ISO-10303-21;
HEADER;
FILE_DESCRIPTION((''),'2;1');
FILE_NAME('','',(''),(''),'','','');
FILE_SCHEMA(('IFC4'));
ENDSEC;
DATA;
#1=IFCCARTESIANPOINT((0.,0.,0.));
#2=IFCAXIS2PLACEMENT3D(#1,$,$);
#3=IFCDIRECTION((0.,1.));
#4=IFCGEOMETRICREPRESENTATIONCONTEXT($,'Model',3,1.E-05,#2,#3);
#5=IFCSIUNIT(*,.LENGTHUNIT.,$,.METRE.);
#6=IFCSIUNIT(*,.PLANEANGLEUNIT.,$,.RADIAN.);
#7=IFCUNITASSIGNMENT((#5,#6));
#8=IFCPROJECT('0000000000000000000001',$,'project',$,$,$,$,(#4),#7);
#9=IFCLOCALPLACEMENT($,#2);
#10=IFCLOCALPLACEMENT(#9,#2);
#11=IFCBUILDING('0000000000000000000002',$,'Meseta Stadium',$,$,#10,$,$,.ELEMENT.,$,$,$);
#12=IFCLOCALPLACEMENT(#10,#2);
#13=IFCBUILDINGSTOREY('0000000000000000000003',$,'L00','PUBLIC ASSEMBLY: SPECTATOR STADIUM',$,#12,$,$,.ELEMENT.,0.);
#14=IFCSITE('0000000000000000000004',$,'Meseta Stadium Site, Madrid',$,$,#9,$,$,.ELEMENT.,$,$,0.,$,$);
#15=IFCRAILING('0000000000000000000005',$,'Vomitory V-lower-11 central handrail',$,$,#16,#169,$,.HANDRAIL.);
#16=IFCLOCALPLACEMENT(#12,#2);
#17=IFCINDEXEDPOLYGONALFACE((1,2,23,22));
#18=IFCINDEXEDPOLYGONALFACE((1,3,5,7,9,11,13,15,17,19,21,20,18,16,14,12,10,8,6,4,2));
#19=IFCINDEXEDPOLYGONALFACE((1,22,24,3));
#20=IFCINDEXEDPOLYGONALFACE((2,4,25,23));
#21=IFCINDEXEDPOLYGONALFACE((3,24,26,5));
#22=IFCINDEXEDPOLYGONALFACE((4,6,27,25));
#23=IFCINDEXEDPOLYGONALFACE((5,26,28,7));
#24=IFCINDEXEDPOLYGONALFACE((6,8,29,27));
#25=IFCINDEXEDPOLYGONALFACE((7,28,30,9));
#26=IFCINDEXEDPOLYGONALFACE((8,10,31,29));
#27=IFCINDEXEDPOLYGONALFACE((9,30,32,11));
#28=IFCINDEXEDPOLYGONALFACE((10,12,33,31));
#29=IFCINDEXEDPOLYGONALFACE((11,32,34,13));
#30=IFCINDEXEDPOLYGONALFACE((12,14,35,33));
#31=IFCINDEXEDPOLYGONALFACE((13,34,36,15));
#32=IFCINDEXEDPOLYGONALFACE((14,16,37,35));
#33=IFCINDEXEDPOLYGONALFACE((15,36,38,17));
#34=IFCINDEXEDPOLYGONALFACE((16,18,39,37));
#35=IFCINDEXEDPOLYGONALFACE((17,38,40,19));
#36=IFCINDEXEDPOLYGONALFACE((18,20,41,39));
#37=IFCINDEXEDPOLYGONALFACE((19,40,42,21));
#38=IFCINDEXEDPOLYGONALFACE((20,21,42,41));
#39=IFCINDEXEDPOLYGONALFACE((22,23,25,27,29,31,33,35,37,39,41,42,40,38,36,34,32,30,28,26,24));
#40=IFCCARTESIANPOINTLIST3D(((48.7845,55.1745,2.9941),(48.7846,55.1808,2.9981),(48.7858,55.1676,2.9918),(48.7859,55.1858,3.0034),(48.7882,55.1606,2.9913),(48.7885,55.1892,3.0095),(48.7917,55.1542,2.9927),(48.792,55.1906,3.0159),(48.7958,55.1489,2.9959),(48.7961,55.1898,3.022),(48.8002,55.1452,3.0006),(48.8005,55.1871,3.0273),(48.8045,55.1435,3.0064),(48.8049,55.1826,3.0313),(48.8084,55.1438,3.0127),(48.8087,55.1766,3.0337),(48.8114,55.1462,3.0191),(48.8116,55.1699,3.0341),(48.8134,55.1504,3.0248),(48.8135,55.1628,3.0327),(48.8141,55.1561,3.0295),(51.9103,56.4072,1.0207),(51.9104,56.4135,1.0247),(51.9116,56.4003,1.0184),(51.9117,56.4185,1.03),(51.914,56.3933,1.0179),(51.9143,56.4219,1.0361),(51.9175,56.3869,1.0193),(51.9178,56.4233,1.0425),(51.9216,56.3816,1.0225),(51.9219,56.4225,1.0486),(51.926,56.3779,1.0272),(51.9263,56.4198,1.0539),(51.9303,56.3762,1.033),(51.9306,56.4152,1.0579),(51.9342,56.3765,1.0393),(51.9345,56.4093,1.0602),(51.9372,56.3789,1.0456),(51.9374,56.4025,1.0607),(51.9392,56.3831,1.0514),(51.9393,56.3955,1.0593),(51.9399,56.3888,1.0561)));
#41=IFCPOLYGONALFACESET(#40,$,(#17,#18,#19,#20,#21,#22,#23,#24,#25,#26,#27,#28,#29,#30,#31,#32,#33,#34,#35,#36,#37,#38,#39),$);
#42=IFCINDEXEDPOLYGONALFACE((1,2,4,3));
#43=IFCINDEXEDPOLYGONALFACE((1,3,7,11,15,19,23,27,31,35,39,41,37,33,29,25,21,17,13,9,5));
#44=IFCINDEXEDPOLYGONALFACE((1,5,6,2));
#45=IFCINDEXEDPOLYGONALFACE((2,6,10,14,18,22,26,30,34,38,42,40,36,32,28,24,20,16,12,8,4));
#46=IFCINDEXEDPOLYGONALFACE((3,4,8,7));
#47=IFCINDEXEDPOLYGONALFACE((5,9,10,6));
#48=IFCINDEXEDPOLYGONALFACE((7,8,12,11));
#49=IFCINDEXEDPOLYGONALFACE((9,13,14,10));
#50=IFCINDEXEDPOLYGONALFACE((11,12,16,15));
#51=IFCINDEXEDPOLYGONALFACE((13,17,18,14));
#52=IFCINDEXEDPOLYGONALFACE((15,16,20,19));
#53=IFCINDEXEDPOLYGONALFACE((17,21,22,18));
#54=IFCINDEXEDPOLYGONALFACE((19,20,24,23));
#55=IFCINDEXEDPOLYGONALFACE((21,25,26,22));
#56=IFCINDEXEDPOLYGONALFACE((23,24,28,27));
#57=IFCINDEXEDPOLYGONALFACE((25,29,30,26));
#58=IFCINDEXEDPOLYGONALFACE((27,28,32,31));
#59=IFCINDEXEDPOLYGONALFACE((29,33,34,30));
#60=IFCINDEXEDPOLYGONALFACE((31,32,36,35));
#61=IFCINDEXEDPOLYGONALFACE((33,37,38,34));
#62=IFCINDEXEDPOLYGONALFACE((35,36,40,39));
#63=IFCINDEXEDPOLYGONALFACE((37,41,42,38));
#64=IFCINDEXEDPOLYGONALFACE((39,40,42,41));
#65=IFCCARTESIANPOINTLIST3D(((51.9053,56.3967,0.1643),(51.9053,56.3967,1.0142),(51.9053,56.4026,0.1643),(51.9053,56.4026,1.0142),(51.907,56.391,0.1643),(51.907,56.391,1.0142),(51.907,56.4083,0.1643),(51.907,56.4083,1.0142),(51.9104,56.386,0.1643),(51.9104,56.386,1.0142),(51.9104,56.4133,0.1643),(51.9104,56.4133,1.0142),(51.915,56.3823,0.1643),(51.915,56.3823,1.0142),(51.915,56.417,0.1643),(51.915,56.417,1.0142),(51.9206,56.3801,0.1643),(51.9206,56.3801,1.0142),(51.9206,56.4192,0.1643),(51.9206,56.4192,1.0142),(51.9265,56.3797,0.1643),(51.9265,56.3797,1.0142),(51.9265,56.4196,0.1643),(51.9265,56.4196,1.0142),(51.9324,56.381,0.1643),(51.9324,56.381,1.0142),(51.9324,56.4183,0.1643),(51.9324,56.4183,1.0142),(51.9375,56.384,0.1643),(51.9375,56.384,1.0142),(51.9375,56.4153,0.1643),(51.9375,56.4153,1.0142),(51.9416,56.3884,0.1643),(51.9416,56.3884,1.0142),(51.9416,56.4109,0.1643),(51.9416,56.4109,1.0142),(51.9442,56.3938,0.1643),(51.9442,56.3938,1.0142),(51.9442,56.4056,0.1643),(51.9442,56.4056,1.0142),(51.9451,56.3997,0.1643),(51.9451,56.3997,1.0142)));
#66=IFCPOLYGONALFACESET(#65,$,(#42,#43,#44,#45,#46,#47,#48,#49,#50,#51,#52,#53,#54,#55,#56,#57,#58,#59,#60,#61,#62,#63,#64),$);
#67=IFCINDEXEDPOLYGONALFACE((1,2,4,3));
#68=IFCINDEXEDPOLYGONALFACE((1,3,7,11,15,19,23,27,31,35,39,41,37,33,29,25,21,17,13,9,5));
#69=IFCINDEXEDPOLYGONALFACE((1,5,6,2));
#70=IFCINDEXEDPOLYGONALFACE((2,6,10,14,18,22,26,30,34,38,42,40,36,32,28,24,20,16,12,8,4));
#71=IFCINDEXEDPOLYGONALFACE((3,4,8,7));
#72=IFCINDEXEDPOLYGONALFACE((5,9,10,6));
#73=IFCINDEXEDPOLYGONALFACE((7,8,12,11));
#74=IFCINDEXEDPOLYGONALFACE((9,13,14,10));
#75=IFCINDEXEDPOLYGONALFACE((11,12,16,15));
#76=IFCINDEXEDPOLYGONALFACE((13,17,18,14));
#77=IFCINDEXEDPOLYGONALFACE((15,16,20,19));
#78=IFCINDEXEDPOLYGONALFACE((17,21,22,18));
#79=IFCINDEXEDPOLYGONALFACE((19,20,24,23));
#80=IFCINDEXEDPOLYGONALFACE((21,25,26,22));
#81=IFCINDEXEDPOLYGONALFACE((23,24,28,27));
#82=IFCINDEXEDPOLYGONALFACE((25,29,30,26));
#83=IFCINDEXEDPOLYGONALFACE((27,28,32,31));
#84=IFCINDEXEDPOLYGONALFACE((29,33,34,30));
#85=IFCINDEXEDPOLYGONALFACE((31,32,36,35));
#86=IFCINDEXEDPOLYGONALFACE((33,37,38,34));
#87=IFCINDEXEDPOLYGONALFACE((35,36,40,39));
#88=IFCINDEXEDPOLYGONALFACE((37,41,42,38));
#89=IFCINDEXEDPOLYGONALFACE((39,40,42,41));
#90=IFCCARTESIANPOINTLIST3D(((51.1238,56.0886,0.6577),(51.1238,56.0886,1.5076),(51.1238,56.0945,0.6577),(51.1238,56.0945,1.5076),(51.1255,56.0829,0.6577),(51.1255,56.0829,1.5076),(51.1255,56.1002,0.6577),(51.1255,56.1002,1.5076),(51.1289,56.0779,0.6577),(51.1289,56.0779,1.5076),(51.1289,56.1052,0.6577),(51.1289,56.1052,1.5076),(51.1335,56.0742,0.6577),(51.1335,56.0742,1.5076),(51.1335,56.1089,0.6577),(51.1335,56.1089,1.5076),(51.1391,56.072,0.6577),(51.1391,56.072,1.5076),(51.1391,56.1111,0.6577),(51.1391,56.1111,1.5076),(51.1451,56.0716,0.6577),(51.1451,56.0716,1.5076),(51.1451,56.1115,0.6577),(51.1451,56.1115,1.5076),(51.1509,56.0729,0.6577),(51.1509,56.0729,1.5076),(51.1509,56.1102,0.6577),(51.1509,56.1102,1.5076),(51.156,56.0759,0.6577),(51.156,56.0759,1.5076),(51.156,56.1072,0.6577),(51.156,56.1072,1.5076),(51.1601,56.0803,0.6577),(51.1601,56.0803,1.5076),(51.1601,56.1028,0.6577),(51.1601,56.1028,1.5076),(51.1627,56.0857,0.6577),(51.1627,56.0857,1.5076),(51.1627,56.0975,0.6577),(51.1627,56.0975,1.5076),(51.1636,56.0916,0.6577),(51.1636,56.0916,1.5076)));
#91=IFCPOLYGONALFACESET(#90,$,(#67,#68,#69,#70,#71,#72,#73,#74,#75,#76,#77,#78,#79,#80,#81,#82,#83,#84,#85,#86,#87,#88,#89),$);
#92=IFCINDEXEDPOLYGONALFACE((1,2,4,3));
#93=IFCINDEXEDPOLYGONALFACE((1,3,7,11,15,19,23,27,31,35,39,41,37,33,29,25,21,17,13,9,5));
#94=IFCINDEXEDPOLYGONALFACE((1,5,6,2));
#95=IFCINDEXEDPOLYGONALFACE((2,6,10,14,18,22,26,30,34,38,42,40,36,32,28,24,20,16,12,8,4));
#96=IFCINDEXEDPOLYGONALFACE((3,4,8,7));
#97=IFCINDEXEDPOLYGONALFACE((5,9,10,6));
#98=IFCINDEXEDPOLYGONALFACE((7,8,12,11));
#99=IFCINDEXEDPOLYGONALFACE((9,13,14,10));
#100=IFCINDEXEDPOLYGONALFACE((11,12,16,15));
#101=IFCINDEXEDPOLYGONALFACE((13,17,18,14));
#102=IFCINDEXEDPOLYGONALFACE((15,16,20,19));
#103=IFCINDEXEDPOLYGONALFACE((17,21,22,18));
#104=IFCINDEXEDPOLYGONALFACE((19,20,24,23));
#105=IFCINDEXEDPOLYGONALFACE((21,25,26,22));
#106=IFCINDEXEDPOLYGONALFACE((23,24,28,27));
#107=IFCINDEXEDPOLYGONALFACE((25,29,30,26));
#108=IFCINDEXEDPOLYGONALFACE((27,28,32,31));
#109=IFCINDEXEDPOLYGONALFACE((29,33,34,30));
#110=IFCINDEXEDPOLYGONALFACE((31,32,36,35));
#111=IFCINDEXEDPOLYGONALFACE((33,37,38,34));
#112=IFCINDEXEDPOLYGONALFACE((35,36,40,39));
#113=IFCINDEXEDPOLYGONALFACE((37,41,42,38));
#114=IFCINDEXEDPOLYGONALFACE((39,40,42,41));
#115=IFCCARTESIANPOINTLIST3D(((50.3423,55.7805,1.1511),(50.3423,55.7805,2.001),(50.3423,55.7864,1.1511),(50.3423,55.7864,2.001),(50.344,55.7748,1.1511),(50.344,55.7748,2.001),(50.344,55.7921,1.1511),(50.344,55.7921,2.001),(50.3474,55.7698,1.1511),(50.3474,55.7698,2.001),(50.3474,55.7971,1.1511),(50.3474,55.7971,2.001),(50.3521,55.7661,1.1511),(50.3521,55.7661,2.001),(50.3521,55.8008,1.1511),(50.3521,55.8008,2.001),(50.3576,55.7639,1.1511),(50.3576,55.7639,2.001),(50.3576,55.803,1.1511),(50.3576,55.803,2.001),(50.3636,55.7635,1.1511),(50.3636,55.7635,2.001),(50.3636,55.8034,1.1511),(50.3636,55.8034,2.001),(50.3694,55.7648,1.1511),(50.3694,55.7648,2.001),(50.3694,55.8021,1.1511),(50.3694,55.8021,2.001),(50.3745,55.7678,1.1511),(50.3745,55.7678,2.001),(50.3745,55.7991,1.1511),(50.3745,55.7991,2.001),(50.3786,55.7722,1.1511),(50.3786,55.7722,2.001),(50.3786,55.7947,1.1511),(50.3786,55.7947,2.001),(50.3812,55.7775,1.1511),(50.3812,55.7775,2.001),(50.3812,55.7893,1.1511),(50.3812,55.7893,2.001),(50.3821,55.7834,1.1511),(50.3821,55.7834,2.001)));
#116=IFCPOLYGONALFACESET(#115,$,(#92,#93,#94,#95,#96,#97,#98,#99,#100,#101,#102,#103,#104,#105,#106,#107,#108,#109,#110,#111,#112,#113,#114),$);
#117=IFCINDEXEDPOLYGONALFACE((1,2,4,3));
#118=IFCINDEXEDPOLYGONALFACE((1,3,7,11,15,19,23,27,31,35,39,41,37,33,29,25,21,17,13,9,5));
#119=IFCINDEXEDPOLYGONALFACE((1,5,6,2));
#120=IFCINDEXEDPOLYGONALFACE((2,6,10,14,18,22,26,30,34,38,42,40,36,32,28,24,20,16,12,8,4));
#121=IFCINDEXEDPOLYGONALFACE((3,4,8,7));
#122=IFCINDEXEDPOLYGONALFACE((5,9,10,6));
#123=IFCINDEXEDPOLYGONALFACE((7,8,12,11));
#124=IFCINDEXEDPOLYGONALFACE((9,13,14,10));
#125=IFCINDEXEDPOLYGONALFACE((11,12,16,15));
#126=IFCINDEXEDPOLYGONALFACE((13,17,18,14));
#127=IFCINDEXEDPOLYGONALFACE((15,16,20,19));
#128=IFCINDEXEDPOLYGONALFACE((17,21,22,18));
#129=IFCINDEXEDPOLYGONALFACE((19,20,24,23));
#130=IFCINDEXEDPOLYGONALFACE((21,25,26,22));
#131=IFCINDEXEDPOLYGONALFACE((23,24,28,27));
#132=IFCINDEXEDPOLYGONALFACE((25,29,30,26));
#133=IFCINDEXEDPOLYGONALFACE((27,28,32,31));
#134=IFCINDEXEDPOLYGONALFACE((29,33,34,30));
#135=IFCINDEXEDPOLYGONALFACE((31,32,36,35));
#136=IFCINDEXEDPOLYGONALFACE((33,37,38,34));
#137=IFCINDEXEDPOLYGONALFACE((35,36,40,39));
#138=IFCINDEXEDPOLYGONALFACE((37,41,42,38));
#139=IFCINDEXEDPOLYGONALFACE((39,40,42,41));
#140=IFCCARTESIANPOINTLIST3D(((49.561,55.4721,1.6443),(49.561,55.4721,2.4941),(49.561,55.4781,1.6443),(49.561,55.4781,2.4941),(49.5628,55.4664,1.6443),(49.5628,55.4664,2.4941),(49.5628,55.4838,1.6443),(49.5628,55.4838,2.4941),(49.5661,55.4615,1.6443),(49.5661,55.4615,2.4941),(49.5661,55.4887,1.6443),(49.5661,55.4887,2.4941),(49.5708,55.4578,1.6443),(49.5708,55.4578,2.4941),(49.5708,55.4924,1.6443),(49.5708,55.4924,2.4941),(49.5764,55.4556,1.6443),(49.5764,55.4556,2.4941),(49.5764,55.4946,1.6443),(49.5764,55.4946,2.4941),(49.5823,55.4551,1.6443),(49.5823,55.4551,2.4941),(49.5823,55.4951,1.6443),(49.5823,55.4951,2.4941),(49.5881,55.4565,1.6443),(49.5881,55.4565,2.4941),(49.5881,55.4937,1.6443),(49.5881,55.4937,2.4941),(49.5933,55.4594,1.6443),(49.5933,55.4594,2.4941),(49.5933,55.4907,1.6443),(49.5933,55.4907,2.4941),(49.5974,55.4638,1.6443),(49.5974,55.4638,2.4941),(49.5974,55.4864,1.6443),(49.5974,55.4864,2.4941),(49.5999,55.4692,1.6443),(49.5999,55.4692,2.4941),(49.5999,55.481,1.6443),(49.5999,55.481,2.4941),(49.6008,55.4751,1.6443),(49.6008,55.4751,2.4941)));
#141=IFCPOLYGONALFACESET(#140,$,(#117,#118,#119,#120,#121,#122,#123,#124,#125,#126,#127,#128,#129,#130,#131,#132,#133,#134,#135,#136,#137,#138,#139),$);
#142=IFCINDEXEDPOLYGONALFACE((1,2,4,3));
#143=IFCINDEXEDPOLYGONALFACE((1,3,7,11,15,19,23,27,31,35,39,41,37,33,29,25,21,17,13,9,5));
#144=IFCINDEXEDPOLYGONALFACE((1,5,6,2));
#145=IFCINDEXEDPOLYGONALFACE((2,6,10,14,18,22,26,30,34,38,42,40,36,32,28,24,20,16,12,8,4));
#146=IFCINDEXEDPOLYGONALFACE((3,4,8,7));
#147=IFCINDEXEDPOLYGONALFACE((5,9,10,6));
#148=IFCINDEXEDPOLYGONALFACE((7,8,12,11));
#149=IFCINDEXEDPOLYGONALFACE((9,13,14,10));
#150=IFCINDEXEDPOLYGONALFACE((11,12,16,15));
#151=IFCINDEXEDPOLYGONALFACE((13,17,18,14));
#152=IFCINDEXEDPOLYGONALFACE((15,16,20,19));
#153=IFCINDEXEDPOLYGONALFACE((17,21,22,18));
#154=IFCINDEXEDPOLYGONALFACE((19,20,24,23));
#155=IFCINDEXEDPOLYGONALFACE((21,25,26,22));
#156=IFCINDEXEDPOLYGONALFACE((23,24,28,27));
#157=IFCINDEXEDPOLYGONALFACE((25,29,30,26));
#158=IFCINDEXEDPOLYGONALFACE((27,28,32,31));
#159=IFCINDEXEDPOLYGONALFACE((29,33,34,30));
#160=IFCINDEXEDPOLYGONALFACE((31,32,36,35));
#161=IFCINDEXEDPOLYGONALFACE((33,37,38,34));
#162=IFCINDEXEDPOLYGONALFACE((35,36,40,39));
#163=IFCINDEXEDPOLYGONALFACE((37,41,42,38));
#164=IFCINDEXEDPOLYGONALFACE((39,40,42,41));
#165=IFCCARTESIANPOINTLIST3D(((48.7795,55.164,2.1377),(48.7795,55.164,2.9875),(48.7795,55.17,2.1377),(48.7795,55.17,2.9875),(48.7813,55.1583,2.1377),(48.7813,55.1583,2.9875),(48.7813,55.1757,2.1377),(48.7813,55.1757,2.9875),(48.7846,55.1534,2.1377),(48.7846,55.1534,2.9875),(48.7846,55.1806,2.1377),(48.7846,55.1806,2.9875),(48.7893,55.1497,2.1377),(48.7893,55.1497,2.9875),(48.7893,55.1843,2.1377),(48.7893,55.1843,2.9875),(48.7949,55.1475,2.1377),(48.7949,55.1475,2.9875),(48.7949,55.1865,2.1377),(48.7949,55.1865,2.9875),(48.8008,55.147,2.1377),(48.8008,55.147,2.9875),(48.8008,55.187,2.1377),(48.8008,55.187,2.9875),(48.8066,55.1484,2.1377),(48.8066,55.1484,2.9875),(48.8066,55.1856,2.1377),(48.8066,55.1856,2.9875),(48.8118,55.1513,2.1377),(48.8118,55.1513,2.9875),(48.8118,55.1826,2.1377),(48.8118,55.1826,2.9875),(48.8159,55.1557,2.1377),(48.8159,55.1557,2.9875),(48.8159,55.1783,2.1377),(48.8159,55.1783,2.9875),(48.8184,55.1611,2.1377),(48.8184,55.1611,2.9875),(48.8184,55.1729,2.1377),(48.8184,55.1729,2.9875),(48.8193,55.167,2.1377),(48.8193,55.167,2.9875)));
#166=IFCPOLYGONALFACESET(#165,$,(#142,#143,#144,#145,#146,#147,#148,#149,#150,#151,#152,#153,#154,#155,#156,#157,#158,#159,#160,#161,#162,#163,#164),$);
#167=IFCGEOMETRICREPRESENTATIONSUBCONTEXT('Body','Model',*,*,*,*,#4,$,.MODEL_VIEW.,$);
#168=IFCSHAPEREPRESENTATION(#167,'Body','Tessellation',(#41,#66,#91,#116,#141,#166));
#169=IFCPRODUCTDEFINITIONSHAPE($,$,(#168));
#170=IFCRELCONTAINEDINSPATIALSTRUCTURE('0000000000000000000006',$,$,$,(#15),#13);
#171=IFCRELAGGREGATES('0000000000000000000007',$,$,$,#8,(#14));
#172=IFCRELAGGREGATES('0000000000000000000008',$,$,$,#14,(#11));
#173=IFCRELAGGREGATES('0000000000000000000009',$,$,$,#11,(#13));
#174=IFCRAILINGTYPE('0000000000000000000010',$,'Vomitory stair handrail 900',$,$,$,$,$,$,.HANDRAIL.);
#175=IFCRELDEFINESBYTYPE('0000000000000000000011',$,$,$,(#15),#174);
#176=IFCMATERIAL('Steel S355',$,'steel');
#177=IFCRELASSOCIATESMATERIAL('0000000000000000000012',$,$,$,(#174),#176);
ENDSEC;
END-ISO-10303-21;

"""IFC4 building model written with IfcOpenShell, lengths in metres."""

from ifc_helpers import new_model, si_unit, direction, frame, origin, origin_2d, place, context, subcontext, project, spatial, circle, extrude, material, type_object, element, save


model = new_model("IFC4")

# Units and contexts
model_context = context("Model", 3, precision=1e-05, world=origin(), true_north=direction((0.0, 1.0)))
body_context = subcontext(model_context, "Body", "Model", "MODEL_VIEW")
ifc_project = project(units=[si_unit("LENGTHUNIT", "METRE"), si_unit("PLANEANGLEUNIT", "RADIAN")], contexts=[model_context])

# Site, building, storey
site_placement = place(None, origin())
site = spatial("IfcSite", under=ifc_project, at=site_placement, Name="Meseta Stadium Site, Madrid", CompositionType="ELEMENT", RefElevation=0.0)
building_placement = place(site_placement, origin())
building = spatial("IfcBuilding", under=site, at=building_placement, Name="Meseta Stadium", CompositionType="ELEMENT")
storey_placement = place(building_placement, origin())
storey = spatial("IfcBuildingStorey", under=building, at=storey_placement, Name="L00", Description="PUBLIC ASSEMBLY: SPECTATOR STADIUM", CompositionType="ELEMENT", Elevation=0.0)

# Railing
ifc_material_1 = material(Name="Steel S355", Category="steel")
railing_type_1 = type_object("IfcRailingType", Name="Vomitory stair handrail 900", PredefinedType="HANDRAIL", material=ifc_material_1)
railing_1_placement = place(storey_placement, frame((51.925, 56.3997, 0.1643)))
element("IfcRailing", 1, at=railing_1_placement, inside=storey, type_object=railing_type_1, Name="Vomitory V-lower-11 central handrail", PredefinedType="HANDRAIL", context=body_context, shape_type="SweptSolid", body=[
    extrude(circle(Radius=0.0249, at=origin_2d()), frame((0.0, 0.0, 0.875), z_axis=(-0.802158, -0.316339, 0.506431), x_axis=(0.366864, -0.930275, 0.0)), (0.0, 0.0, 1.0), 3.8967),
    extrude(circle(Radius=0.02, at=origin_2d()), origin(), (0.0, 0.0, 1.0), 0.8499),
    extrude(circle(Radius=0.02, at=origin_2d()), frame((-0.7815, -0.3081, 0.4934)), (0.0, 0.0, 1.0), 0.8499),
    extrude(circle(Radius=0.02, at=origin_2d()), frame((-1.563, -0.6162, 0.9868)), (0.0, 0.0, 1.0), 0.8499),
    extrude(circle(Radius=0.02, at=origin_2d()), frame((-2.3442, -0.9246, 1.48)), (0.0, 0.0, 1.0), 0.8499),
    extrude(circle(Radius=0.02, at=origin_2d()), frame((-3.1257, -1.2327, 1.9734)), (0.0, 0.0, 1.0), 0.8499),
])

save(model, "model.ifc")
